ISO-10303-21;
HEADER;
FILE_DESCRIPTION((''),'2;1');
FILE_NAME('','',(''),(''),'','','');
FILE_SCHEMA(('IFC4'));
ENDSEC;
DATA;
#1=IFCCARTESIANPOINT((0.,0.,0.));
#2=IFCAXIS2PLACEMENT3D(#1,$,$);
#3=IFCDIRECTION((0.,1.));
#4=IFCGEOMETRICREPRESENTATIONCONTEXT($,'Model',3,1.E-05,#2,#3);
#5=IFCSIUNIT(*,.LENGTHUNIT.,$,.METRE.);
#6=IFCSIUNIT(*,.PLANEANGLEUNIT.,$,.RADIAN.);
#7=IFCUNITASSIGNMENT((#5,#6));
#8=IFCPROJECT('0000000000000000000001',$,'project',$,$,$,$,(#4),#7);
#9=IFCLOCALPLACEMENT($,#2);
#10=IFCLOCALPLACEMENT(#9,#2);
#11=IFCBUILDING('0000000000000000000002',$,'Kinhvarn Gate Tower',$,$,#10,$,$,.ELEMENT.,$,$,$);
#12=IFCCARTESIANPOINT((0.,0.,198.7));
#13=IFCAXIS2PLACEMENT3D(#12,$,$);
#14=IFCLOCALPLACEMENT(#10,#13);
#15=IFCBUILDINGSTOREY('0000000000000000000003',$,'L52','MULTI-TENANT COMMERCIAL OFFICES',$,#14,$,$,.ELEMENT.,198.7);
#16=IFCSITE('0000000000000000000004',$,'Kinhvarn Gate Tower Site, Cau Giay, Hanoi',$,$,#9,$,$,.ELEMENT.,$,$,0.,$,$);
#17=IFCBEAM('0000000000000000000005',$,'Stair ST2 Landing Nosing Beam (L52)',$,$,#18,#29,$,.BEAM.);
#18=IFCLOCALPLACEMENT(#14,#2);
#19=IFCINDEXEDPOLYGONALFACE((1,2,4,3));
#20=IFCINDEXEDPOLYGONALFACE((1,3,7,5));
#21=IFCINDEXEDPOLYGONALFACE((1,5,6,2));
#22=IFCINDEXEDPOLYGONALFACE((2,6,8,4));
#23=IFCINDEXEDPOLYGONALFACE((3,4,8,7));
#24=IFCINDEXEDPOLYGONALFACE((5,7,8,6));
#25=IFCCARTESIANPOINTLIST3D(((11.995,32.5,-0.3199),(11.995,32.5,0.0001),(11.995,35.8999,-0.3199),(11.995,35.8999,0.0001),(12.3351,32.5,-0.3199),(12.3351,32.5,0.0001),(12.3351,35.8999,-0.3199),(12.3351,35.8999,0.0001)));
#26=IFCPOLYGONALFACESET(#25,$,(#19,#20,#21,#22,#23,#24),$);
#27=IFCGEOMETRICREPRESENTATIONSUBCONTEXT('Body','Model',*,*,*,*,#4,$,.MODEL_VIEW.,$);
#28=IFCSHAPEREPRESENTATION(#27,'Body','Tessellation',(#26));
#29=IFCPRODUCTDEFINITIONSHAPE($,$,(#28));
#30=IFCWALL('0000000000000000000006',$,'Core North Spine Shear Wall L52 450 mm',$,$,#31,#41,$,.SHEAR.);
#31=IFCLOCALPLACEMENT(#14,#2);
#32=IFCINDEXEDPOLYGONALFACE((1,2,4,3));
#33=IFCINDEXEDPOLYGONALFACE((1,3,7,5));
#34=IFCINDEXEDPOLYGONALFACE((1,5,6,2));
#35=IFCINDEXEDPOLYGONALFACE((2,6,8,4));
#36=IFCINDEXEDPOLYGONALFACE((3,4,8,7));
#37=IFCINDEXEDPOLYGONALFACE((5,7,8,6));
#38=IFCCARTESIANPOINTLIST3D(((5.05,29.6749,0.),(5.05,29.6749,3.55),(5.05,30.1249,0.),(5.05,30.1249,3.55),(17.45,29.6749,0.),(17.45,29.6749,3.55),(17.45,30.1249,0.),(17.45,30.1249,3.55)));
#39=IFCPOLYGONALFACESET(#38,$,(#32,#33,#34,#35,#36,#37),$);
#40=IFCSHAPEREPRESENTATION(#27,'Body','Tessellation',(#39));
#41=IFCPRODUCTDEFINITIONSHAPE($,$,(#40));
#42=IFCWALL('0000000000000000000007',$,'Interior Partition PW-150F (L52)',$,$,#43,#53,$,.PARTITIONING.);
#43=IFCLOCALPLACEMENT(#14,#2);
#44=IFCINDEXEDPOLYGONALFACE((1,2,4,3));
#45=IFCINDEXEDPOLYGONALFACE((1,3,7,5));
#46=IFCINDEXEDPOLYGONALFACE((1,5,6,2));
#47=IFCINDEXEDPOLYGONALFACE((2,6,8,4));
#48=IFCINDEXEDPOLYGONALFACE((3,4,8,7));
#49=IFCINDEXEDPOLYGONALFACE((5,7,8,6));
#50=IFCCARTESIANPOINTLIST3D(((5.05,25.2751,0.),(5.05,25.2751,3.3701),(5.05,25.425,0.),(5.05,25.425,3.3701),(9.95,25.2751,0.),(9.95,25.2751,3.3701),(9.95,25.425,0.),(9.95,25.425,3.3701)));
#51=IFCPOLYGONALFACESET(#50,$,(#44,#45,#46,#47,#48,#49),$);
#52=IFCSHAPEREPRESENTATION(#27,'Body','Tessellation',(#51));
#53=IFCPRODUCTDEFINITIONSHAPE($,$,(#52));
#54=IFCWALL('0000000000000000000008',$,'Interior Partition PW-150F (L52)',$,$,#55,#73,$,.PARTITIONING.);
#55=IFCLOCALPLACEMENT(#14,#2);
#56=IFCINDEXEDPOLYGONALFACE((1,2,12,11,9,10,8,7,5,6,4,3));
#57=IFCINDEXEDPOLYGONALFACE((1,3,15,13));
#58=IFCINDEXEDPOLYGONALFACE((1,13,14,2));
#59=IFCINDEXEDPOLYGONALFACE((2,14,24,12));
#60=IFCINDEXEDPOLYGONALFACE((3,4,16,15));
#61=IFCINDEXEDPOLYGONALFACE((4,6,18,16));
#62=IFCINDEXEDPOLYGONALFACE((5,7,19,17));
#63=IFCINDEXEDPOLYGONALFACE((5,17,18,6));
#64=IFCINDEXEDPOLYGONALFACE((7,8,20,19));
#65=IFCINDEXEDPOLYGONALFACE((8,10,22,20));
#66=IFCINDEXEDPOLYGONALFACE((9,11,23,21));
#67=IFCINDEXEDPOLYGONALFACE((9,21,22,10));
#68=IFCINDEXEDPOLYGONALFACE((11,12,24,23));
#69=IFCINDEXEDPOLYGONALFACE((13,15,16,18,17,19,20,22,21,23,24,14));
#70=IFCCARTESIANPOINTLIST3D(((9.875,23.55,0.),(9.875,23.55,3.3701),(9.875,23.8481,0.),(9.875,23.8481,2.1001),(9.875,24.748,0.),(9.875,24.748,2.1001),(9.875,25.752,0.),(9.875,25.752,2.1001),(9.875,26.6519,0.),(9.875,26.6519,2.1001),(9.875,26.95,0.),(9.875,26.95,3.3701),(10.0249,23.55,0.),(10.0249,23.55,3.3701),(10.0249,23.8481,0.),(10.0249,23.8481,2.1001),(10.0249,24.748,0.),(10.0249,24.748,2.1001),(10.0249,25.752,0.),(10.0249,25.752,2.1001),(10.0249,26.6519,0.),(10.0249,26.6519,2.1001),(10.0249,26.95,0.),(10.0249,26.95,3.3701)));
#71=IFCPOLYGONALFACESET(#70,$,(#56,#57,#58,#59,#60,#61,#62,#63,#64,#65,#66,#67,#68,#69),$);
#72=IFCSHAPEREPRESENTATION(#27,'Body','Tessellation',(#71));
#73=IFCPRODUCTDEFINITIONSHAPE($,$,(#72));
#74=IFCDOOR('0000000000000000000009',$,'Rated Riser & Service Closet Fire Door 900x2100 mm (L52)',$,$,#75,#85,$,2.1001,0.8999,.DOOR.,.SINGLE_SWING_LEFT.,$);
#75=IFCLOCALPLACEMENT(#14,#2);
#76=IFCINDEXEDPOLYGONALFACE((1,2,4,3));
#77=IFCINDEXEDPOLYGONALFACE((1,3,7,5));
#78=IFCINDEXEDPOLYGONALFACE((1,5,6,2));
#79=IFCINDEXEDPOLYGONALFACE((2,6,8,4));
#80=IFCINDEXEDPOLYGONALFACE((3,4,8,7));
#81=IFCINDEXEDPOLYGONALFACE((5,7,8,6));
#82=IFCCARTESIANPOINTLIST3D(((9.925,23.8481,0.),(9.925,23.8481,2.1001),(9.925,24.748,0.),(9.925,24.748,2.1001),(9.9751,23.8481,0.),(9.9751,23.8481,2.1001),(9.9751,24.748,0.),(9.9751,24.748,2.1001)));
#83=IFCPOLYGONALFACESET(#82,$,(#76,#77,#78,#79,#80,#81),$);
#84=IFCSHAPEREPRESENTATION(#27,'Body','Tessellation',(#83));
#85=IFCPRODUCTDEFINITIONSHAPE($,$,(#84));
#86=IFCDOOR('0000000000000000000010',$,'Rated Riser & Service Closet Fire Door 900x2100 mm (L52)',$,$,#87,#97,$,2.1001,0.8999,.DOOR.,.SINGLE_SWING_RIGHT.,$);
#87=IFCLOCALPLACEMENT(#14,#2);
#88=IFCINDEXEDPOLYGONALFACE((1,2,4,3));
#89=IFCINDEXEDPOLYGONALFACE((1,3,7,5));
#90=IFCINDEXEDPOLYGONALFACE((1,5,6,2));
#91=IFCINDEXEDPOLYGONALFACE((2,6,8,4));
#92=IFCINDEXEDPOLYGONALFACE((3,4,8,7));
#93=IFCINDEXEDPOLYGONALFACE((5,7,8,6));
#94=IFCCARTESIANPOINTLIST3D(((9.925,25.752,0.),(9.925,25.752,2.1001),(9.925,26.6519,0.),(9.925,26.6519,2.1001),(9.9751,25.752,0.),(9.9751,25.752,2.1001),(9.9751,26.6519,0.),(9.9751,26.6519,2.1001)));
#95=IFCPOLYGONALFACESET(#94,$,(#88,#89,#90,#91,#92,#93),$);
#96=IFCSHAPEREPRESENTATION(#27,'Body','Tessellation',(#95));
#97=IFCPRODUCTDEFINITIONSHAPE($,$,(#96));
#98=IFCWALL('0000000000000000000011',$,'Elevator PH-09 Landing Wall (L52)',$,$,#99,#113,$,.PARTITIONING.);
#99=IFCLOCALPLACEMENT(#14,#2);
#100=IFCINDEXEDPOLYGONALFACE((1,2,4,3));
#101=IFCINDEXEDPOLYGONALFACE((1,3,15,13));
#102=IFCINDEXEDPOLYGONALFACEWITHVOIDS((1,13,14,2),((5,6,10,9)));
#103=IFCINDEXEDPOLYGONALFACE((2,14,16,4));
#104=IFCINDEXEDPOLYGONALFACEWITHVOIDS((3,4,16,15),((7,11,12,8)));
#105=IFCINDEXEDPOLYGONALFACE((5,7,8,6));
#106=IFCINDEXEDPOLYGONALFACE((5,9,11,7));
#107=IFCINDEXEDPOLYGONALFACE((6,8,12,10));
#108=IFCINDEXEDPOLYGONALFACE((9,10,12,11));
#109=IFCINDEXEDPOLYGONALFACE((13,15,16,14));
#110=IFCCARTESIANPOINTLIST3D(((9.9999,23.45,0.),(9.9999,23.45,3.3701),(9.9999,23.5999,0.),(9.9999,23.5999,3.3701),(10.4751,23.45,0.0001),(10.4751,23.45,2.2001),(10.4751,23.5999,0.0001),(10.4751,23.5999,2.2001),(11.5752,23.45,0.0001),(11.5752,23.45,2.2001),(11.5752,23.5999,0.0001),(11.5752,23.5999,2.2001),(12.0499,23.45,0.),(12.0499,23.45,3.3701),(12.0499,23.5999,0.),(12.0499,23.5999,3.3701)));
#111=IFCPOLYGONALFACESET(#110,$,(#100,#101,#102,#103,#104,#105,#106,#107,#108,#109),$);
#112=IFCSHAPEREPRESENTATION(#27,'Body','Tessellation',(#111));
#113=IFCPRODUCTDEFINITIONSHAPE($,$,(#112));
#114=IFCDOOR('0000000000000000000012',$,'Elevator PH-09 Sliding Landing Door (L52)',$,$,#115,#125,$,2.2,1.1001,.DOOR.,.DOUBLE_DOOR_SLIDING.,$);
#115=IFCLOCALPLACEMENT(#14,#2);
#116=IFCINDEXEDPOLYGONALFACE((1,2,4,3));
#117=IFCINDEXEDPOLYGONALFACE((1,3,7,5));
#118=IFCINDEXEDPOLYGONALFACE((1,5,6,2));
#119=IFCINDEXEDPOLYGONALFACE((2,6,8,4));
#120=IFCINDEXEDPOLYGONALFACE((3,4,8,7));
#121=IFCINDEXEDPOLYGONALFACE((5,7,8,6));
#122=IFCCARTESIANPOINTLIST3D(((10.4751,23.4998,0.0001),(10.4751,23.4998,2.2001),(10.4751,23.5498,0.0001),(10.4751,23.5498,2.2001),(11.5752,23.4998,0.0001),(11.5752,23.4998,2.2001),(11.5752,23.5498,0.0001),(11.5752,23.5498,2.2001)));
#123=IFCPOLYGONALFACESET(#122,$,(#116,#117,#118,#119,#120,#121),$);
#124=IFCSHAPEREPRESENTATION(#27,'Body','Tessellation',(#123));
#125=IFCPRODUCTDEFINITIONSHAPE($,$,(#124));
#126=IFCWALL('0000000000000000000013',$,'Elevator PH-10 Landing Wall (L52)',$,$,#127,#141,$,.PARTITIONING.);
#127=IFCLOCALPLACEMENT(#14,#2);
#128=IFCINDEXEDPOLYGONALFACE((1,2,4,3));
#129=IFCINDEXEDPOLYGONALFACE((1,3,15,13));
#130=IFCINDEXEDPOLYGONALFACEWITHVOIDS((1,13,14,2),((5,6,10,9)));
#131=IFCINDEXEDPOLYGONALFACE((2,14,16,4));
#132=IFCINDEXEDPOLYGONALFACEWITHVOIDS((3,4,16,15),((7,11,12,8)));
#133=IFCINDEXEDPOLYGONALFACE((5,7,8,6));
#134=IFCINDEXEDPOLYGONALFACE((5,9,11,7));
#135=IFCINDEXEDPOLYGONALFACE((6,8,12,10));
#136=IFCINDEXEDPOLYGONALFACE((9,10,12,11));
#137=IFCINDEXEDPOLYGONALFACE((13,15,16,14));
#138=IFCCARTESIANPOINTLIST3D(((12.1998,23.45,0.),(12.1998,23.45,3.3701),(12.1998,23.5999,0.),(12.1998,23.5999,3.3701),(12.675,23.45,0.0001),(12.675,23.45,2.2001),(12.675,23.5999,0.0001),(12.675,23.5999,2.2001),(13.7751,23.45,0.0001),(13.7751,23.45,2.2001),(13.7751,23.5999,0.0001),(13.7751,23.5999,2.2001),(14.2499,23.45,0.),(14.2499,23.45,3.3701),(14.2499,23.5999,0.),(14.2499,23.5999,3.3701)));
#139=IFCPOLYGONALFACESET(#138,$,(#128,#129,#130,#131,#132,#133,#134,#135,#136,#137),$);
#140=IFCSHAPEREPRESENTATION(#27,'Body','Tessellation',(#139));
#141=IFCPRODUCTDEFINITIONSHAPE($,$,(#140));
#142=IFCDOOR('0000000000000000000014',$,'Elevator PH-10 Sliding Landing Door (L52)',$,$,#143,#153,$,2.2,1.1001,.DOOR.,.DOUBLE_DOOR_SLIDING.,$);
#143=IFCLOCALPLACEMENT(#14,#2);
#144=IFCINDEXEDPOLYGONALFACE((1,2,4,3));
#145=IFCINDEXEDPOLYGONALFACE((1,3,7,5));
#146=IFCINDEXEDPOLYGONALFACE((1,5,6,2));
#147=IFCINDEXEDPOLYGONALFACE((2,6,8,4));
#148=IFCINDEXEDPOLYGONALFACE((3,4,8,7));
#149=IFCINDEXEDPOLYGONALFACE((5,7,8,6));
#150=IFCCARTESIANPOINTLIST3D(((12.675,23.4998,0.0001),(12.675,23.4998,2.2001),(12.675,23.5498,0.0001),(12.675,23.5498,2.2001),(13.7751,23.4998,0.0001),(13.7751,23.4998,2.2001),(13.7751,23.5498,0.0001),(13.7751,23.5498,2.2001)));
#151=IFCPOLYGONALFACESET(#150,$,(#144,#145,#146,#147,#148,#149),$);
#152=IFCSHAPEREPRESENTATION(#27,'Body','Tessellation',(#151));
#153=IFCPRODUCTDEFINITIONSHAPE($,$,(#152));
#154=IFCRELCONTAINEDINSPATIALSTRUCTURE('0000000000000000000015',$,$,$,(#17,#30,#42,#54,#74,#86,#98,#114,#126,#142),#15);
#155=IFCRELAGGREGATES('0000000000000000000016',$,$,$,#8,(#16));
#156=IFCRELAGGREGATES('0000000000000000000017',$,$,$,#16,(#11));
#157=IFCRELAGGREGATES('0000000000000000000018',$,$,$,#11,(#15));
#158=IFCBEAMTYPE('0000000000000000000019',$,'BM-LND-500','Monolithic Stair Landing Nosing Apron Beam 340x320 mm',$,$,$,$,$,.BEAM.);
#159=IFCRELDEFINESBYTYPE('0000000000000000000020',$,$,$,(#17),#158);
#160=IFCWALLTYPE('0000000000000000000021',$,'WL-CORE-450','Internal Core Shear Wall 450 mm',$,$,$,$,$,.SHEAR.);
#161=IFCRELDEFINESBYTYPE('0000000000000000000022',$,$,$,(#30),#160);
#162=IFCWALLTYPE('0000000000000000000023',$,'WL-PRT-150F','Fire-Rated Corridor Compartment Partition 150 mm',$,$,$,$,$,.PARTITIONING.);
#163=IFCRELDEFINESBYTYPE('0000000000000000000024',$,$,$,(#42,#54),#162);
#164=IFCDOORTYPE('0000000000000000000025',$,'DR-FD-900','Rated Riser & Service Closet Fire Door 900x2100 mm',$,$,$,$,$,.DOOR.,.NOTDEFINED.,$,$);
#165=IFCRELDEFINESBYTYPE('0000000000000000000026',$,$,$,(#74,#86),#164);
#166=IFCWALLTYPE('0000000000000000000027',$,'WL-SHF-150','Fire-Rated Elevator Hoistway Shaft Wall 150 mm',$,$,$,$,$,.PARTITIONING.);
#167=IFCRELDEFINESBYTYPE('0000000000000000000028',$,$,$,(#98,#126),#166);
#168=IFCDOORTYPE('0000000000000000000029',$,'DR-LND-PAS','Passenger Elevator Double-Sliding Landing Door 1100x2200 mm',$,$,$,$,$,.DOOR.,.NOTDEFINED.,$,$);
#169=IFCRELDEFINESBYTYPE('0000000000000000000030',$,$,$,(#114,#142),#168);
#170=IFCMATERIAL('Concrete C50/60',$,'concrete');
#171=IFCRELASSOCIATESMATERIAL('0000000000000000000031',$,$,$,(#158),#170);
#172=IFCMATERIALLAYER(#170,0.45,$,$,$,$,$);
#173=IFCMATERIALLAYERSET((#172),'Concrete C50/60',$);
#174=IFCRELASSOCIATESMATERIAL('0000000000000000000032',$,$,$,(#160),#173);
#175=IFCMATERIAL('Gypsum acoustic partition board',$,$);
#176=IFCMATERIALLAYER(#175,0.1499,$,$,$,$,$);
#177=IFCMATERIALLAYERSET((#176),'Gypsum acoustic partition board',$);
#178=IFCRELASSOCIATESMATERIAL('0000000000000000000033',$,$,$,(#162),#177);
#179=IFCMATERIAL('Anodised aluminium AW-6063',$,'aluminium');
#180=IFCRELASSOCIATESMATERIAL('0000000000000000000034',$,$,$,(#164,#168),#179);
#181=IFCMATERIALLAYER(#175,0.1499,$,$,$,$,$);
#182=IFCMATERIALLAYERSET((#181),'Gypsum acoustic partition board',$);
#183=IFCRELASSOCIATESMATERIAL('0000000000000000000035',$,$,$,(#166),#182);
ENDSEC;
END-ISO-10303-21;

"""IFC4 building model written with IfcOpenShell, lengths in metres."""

from ifc_helpers import new_model, si_unit, direction, frame, frame_2d, origin, origin_2d, place, context, subcontext, project, spatial, rectangle, extrude, material, layer, layer_set, material_profile, profile_set, type_object, element, fill, save


model = new_model("IFC4")

# Units and contexts
model_context = context("Model", 3, precision=1e-05, world=origin(), true_north=direction((0.0, 1.0)))
body_context = subcontext(model_context, "Body", "Model", "MODEL_VIEW")
ifc_project = project(units=[si_unit("LENGTHUNIT", "METRE"), si_unit("PLANEANGLEUNIT", "RADIAN")], contexts=[model_context])

# Site, building, storey
site_placement = place(None, origin())
site = spatial("IfcSite", under=ifc_project, at=site_placement, Name="Kinhvarn Gate Tower Site, Cau Giay, Hanoi", CompositionType="ELEMENT", RefElevation=0.0)
building_placement = place(site_placement, origin())
building = spatial("IfcBuilding", under=site, at=building_placement, Name="Kinhvarn Gate Tower", CompositionType="ELEMENT")
storey_placement = place(building_placement, frame((0.0, 0.0, 198.7)))
storey = spatial("IfcBuildingStorey", under=building, at=storey_placement, Name="L52", Description="MULTI-TENANT COMMERCIAL OFFICES", CompositionType="ELEMENT", Elevation=198.7)

# Beam
ifc_material_1 = material(Name="Concrete C50/60", Category="concrete")
ifc_material_profile = material_profile(ifc_material_1, rectangle(XDim=0.3401, YDim=0.3201, at=origin_2d()), Name="RC 340x320")
ifc_profile_set = profile_set([ifc_material_profile], Name="Concrete C50/60")
beam_type = type_object("IfcBeamType", Name="BM-LND-500", Description="Monolithic Stair Landing Nosing Apron Beam 340x320 mm", PredefinedType="BEAM", material=ifc_profile_set)
beam_placement = place(storey_placement, frame((12.165, 32.5, -0.1599), z_axis=(0.0, 1.0, 0.0), x_axis=(-1.0, 0.0, 0.0)))
element("IfcBeam", 1, at=beam_placement, inside=storey, type_object=beam_type, Name="Stair ST2 Landing Nosing Beam (L52)", PredefinedType="BEAM", context=body_context, shape_type="SweptSolid", body=[
    extrude(rectangle(XDim=0.3401, YDim=0.3201, at=origin_2d()), origin(), (0.0, 0.0, 1.0), 3.3999),
])

# Walls
ifc_layer_1 = layer(ifc_material_1, 0.45)
ifc_layer_set_1 = layer_set([ifc_layer_1], Name="Concrete C50/60")
wall_type_1 = type_object("IfcWallType", Name="WL-CORE-450", Description="Internal Core Shear Wall 450 mm", PredefinedType="SHEAR", material=ifc_layer_set_1)
wall_1_placement = place(storey_placement, frame((5.05, 29.8999, 0.0), z_axis=(0.0, 0.0, 1.0), x_axis=(1.0, 0.0, 0.0)))
element("IfcWall", 2, at=wall_1_placement, inside=storey, type_object=wall_type_1, Name="Core North Spine Shear Wall L52 450 mm", PredefinedType="SHEAR", context=body_context, shape_type="SweptSolid", body=[
    extrude(rectangle(XDim=12.3999, YDim=0.45, at=frame_2d((6.2, 0.0))), origin(), (0.0, 0.0, 1.0), 3.55),
])
ifc_material_2 = material(Name="Gypsum acoustic partition board")
ifc_layer_2 = layer(ifc_material_2, 0.1499)
ifc_layer_set_2 = layer_set([ifc_layer_2], Name="Gypsum acoustic partition board")
wall_type_2 = type_object("IfcWallType", Name="WL-PRT-150F", Description="Fire-Rated Corridor Compartment Partition 150 mm", PredefinedType="PARTITIONING", material=ifc_layer_set_2)
wall_2_placement = place(storey_placement, frame((5.05, 25.3501, 0.0), z_axis=(0.0, 0.0, 1.0), x_axis=(1.0, 0.0, 0.0)))
element("IfcWall", 3, at=wall_2_placement, inside=storey, type_object=wall_type_2, Name="Interior Partition PW-150F (L52)", PredefinedType="PARTITIONING", context=body_context, shape_type="SweptSolid", body=[
    extrude(rectangle(XDim=4.8999, YDim=0.1499, at=frame_2d((2.45, 0.0))), origin(), (0.0, 0.0, 1.0), 3.3701),
])

# Wall, openings, doors
wall_3_placement = place(storey_placement, frame((9.95, 23.55, 0.0), z_axis=(0.0, 0.0, 1.0), x_axis=(0.0, 1.0, 0.0)))
wall_3 = element("IfcWall", 4, at=wall_3_placement, inside=storey, type_object=wall_type_2, Name="Interior Partition PW-150F (L52)", PredefinedType="PARTITIONING", context=body_context, shape_type="SweptSolid", body=[
    extrude(rectangle(XDim=3.3999, YDim=0.1499, at=frame_2d((1.7, 0.0))), origin(), (0.0, 0.0, 1.0), 3.3701),
])
opening_1_placement = place(wall_3_placement, frame((0.2981, 0.0, 0.0)))
opening_1 = element("IfcOpeningElement", 5, at=opening_1_placement, cuts=wall_3, PredefinedType="OPENING", context=body_context, shape_type="SweptSolid", body=[
    extrude(rectangle(XDim=0.8999, YDim=2.1001, at=frame_2d((0.45, 1.05))), frame((0.0, 0.085, 0.0), z_axis=(0.0, -1.0, 0.0), x_axis=(1.0, 0.0, 0.0)), (0.0, 0.0, 1.0), 0.1699),
])
opening_2_placement = place(wall_3_placement, frame((2.2019, 0.0, 0.0)))
opening_2 = element("IfcOpeningElement", 6, at=opening_2_placement, cuts=wall_3, PredefinedType="OPENING", context=body_context, shape_type="SweptSolid", body=[
    extrude(rectangle(XDim=0.8999, YDim=2.1001, at=frame_2d((0.45, 1.05))), frame((0.0, 0.085, 0.0), z_axis=(0.0, -1.0, 0.0), x_axis=(1.0, 0.0, 0.0)), (0.0, 0.0, 1.0), 0.1699),
])
ifc_material_3 = material(Name="Anodised aluminium AW-6063", Category="aluminium")
door_type_1 = type_object("IfcDoorType", Name="DR-FD-900", Description="Rated Riser & Service Closet Fire Door 900x2100 mm", OperationType="NOTDEFINED", PredefinedType="DOOR", material=ifc_material_3)
door_1_placement = place(opening_1_placement, origin())
door_1 = element("IfcDoor", 7, at=door_1_placement, inside=storey, type_object=door_type_1, Name="Rated Riser & Service Closet Fire Door 900x2100 mm (L52)", OperationType="SINGLE_SWING_LEFT", OverallHeight=2.1001, OverallWidth=0.8999, PredefinedType="DOOR", context=body_context, shape_type="SweptSolid", body=[
    extrude(rectangle(XDim=0.8999, YDim=2.1001, at=frame_2d((0.45, 1.05))), frame((0.0, 0.0249, 0.0), z_axis=(0.0, -1.0, 0.0), x_axis=(1.0, 0.0, 0.0)), (0.0, 0.0, 1.0), 0.05),
])
fill(opening_1, door_1)
door_2_placement = place(opening_2_placement, origin())
door_2 = element("IfcDoor", 8, at=door_2_placement, inside=storey, type_object=door_type_1, Name="Rated Riser & Service Closet Fire Door 900x2100 mm (L52)", OperationType="SINGLE_SWING_RIGHT", OverallHeight=2.1001, OverallWidth=0.8999, PredefinedType="DOOR", context=body_context, shape_type="SweptSolid", body=[
    extrude(rectangle(XDim=0.8999, YDim=2.1001, at=frame_2d((0.45, 1.05))), frame((0.0, 0.0249, 0.0), z_axis=(0.0, -1.0, 0.0), x_axis=(1.0, 0.0, 0.0)), (0.0, 0.0, 1.0), 0.05),
])
fill(opening_2, door_2)

# Walls, openings, doors
ifc_layer_3 = layer(ifc_material_2, 0.1499)
ifc_layer_set_3 = layer_set([ifc_layer_3], Name="Gypsum acoustic partition board")
wall_type_3 = type_object("IfcWallType", Name="WL-SHF-150", Description="Fire-Rated Elevator Hoistway Shaft Wall 150 mm", PredefinedType="PARTITIONING", material=ifc_layer_set_3)
wall_4_placement = place(storey_placement, frame((10.0, 23.5249, 0.0), z_axis=(0.0, 0.0, 1.0), x_axis=(1.0, 0.0, 0.0)))
wall_4 = element("IfcWall", 9, at=wall_4_placement, inside=storey, type_object=wall_type_3, Name="Elevator PH-09 Landing Wall (L52)", PredefinedType="PARTITIONING", context=body_context, shape_type="SweptSolid", body=[
    extrude(rectangle(XDim=2.05, YDim=0.1499, at=frame_2d((1.0249, 0.0))), origin(), (0.0, 0.0, 1.0), 3.3701),
])
opening_3_placement = place(wall_4_placement, frame((0.4751, 0.0, 0.0)))
opening_3 = element("IfcOpeningElement", 10, at=opening_3_placement, cuts=wall_4, PredefinedType="OPENING", context=body_context, shape_type="SweptSolid", body=[
    extrude(rectangle(XDim=1.1001, YDim=2.2, at=frame_2d((0.55, 1.1001))), frame((0.0, 0.085, 0.0), z_axis=(0.0, -1.0, 0.0), x_axis=(1.0, 0.0, 0.0)), (0.0, 0.0, 1.0), 0.1699),
])
door_type_2 = type_object("IfcDoorType", Name="DR-LND-PAS", Description="Passenger Elevator Double-Sliding Landing Door 1100x2200 mm", OperationType="NOTDEFINED", PredefinedType="DOOR", material=ifc_material_3)
door_3_placement = place(opening_3_placement, origin())
door_3 = element("IfcDoor", 11, at=door_3_placement, inside=storey, type_object=door_type_2, Name="Elevator PH-09 Sliding Landing Door (L52)", OperationType="DOUBLE_DOOR_SLIDING", OverallHeight=2.2, OverallWidth=1.1001, PredefinedType="DOOR", context=body_context, shape_type="SweptSolid", body=[
    extrude(rectangle(XDim=1.1001, YDim=2.2, at=frame_2d((0.55, 1.1001))), frame((0.0, 0.0249, 0.0), z_axis=(0.0, -1.0, 0.0), x_axis=(1.0, 0.0, 0.0)), (0.0, 0.0, 1.0), 0.05),
])
fill(opening_3, door_3)
wall_5_placement = place(storey_placement, frame((12.2, 23.5249, 0.0), z_axis=(0.0, 0.0, 1.0), x_axis=(1.0, 0.0, 0.0)))
wall_5 = element("IfcWall", 12, at=wall_5_placement, inside=storey, type_object=wall_type_3, Name="Elevator PH-10 Landing Wall (L52)", PredefinedType="PARTITIONING", context=body_context, shape_type="SweptSolid", body=[
    extrude(rectangle(XDim=2.05, YDim=0.1499, at=frame_2d((1.0249, 0.0))), origin(), (0.0, 0.0, 1.0), 3.3701),
])
opening_4_placement = place(wall_5_placement, frame((0.4751, 0.0, 0.0)))
opening_4 = element("IfcOpeningElement", 13, at=opening_4_placement, cuts=wall_5, PredefinedType="OPENING", context=body_context, shape_type="SweptSolid", body=[
    extrude(rectangle(XDim=1.1001, YDim=2.2, at=frame_2d((0.55, 1.1001))), frame((0.0, 0.085, 0.0), z_axis=(0.0, -1.0, 0.0), x_axis=(1.0, 0.0, 0.0)), (0.0, 0.0, 1.0), 0.1699),
])
door_4_placement = place(opening_4_placement, origin())
door_4 = element("IfcDoor", 14, at=door_4_placement, inside=storey, type_object=door_type_2, Name="Elevator PH-10 Sliding Landing Door (L52)", OperationType="DOUBLE_DOOR_SLIDING", OverallHeight=2.2, OverallWidth=1.1001, PredefinedType="DOOR", context=body_context, shape_type="SweptSolid", body=[
    extrude(rectangle(XDim=1.1001, YDim=2.2, at=frame_2d((0.55, 1.1001))), frame((0.0, 0.0249, 0.0), z_axis=(0.0, -1.0, 0.0), x_axis=(1.0, 0.0, 0.0)), (0.0, 0.0, 1.0), 0.05),
])
fill(opening_4, door_4)

save(model, "model.ifc")
